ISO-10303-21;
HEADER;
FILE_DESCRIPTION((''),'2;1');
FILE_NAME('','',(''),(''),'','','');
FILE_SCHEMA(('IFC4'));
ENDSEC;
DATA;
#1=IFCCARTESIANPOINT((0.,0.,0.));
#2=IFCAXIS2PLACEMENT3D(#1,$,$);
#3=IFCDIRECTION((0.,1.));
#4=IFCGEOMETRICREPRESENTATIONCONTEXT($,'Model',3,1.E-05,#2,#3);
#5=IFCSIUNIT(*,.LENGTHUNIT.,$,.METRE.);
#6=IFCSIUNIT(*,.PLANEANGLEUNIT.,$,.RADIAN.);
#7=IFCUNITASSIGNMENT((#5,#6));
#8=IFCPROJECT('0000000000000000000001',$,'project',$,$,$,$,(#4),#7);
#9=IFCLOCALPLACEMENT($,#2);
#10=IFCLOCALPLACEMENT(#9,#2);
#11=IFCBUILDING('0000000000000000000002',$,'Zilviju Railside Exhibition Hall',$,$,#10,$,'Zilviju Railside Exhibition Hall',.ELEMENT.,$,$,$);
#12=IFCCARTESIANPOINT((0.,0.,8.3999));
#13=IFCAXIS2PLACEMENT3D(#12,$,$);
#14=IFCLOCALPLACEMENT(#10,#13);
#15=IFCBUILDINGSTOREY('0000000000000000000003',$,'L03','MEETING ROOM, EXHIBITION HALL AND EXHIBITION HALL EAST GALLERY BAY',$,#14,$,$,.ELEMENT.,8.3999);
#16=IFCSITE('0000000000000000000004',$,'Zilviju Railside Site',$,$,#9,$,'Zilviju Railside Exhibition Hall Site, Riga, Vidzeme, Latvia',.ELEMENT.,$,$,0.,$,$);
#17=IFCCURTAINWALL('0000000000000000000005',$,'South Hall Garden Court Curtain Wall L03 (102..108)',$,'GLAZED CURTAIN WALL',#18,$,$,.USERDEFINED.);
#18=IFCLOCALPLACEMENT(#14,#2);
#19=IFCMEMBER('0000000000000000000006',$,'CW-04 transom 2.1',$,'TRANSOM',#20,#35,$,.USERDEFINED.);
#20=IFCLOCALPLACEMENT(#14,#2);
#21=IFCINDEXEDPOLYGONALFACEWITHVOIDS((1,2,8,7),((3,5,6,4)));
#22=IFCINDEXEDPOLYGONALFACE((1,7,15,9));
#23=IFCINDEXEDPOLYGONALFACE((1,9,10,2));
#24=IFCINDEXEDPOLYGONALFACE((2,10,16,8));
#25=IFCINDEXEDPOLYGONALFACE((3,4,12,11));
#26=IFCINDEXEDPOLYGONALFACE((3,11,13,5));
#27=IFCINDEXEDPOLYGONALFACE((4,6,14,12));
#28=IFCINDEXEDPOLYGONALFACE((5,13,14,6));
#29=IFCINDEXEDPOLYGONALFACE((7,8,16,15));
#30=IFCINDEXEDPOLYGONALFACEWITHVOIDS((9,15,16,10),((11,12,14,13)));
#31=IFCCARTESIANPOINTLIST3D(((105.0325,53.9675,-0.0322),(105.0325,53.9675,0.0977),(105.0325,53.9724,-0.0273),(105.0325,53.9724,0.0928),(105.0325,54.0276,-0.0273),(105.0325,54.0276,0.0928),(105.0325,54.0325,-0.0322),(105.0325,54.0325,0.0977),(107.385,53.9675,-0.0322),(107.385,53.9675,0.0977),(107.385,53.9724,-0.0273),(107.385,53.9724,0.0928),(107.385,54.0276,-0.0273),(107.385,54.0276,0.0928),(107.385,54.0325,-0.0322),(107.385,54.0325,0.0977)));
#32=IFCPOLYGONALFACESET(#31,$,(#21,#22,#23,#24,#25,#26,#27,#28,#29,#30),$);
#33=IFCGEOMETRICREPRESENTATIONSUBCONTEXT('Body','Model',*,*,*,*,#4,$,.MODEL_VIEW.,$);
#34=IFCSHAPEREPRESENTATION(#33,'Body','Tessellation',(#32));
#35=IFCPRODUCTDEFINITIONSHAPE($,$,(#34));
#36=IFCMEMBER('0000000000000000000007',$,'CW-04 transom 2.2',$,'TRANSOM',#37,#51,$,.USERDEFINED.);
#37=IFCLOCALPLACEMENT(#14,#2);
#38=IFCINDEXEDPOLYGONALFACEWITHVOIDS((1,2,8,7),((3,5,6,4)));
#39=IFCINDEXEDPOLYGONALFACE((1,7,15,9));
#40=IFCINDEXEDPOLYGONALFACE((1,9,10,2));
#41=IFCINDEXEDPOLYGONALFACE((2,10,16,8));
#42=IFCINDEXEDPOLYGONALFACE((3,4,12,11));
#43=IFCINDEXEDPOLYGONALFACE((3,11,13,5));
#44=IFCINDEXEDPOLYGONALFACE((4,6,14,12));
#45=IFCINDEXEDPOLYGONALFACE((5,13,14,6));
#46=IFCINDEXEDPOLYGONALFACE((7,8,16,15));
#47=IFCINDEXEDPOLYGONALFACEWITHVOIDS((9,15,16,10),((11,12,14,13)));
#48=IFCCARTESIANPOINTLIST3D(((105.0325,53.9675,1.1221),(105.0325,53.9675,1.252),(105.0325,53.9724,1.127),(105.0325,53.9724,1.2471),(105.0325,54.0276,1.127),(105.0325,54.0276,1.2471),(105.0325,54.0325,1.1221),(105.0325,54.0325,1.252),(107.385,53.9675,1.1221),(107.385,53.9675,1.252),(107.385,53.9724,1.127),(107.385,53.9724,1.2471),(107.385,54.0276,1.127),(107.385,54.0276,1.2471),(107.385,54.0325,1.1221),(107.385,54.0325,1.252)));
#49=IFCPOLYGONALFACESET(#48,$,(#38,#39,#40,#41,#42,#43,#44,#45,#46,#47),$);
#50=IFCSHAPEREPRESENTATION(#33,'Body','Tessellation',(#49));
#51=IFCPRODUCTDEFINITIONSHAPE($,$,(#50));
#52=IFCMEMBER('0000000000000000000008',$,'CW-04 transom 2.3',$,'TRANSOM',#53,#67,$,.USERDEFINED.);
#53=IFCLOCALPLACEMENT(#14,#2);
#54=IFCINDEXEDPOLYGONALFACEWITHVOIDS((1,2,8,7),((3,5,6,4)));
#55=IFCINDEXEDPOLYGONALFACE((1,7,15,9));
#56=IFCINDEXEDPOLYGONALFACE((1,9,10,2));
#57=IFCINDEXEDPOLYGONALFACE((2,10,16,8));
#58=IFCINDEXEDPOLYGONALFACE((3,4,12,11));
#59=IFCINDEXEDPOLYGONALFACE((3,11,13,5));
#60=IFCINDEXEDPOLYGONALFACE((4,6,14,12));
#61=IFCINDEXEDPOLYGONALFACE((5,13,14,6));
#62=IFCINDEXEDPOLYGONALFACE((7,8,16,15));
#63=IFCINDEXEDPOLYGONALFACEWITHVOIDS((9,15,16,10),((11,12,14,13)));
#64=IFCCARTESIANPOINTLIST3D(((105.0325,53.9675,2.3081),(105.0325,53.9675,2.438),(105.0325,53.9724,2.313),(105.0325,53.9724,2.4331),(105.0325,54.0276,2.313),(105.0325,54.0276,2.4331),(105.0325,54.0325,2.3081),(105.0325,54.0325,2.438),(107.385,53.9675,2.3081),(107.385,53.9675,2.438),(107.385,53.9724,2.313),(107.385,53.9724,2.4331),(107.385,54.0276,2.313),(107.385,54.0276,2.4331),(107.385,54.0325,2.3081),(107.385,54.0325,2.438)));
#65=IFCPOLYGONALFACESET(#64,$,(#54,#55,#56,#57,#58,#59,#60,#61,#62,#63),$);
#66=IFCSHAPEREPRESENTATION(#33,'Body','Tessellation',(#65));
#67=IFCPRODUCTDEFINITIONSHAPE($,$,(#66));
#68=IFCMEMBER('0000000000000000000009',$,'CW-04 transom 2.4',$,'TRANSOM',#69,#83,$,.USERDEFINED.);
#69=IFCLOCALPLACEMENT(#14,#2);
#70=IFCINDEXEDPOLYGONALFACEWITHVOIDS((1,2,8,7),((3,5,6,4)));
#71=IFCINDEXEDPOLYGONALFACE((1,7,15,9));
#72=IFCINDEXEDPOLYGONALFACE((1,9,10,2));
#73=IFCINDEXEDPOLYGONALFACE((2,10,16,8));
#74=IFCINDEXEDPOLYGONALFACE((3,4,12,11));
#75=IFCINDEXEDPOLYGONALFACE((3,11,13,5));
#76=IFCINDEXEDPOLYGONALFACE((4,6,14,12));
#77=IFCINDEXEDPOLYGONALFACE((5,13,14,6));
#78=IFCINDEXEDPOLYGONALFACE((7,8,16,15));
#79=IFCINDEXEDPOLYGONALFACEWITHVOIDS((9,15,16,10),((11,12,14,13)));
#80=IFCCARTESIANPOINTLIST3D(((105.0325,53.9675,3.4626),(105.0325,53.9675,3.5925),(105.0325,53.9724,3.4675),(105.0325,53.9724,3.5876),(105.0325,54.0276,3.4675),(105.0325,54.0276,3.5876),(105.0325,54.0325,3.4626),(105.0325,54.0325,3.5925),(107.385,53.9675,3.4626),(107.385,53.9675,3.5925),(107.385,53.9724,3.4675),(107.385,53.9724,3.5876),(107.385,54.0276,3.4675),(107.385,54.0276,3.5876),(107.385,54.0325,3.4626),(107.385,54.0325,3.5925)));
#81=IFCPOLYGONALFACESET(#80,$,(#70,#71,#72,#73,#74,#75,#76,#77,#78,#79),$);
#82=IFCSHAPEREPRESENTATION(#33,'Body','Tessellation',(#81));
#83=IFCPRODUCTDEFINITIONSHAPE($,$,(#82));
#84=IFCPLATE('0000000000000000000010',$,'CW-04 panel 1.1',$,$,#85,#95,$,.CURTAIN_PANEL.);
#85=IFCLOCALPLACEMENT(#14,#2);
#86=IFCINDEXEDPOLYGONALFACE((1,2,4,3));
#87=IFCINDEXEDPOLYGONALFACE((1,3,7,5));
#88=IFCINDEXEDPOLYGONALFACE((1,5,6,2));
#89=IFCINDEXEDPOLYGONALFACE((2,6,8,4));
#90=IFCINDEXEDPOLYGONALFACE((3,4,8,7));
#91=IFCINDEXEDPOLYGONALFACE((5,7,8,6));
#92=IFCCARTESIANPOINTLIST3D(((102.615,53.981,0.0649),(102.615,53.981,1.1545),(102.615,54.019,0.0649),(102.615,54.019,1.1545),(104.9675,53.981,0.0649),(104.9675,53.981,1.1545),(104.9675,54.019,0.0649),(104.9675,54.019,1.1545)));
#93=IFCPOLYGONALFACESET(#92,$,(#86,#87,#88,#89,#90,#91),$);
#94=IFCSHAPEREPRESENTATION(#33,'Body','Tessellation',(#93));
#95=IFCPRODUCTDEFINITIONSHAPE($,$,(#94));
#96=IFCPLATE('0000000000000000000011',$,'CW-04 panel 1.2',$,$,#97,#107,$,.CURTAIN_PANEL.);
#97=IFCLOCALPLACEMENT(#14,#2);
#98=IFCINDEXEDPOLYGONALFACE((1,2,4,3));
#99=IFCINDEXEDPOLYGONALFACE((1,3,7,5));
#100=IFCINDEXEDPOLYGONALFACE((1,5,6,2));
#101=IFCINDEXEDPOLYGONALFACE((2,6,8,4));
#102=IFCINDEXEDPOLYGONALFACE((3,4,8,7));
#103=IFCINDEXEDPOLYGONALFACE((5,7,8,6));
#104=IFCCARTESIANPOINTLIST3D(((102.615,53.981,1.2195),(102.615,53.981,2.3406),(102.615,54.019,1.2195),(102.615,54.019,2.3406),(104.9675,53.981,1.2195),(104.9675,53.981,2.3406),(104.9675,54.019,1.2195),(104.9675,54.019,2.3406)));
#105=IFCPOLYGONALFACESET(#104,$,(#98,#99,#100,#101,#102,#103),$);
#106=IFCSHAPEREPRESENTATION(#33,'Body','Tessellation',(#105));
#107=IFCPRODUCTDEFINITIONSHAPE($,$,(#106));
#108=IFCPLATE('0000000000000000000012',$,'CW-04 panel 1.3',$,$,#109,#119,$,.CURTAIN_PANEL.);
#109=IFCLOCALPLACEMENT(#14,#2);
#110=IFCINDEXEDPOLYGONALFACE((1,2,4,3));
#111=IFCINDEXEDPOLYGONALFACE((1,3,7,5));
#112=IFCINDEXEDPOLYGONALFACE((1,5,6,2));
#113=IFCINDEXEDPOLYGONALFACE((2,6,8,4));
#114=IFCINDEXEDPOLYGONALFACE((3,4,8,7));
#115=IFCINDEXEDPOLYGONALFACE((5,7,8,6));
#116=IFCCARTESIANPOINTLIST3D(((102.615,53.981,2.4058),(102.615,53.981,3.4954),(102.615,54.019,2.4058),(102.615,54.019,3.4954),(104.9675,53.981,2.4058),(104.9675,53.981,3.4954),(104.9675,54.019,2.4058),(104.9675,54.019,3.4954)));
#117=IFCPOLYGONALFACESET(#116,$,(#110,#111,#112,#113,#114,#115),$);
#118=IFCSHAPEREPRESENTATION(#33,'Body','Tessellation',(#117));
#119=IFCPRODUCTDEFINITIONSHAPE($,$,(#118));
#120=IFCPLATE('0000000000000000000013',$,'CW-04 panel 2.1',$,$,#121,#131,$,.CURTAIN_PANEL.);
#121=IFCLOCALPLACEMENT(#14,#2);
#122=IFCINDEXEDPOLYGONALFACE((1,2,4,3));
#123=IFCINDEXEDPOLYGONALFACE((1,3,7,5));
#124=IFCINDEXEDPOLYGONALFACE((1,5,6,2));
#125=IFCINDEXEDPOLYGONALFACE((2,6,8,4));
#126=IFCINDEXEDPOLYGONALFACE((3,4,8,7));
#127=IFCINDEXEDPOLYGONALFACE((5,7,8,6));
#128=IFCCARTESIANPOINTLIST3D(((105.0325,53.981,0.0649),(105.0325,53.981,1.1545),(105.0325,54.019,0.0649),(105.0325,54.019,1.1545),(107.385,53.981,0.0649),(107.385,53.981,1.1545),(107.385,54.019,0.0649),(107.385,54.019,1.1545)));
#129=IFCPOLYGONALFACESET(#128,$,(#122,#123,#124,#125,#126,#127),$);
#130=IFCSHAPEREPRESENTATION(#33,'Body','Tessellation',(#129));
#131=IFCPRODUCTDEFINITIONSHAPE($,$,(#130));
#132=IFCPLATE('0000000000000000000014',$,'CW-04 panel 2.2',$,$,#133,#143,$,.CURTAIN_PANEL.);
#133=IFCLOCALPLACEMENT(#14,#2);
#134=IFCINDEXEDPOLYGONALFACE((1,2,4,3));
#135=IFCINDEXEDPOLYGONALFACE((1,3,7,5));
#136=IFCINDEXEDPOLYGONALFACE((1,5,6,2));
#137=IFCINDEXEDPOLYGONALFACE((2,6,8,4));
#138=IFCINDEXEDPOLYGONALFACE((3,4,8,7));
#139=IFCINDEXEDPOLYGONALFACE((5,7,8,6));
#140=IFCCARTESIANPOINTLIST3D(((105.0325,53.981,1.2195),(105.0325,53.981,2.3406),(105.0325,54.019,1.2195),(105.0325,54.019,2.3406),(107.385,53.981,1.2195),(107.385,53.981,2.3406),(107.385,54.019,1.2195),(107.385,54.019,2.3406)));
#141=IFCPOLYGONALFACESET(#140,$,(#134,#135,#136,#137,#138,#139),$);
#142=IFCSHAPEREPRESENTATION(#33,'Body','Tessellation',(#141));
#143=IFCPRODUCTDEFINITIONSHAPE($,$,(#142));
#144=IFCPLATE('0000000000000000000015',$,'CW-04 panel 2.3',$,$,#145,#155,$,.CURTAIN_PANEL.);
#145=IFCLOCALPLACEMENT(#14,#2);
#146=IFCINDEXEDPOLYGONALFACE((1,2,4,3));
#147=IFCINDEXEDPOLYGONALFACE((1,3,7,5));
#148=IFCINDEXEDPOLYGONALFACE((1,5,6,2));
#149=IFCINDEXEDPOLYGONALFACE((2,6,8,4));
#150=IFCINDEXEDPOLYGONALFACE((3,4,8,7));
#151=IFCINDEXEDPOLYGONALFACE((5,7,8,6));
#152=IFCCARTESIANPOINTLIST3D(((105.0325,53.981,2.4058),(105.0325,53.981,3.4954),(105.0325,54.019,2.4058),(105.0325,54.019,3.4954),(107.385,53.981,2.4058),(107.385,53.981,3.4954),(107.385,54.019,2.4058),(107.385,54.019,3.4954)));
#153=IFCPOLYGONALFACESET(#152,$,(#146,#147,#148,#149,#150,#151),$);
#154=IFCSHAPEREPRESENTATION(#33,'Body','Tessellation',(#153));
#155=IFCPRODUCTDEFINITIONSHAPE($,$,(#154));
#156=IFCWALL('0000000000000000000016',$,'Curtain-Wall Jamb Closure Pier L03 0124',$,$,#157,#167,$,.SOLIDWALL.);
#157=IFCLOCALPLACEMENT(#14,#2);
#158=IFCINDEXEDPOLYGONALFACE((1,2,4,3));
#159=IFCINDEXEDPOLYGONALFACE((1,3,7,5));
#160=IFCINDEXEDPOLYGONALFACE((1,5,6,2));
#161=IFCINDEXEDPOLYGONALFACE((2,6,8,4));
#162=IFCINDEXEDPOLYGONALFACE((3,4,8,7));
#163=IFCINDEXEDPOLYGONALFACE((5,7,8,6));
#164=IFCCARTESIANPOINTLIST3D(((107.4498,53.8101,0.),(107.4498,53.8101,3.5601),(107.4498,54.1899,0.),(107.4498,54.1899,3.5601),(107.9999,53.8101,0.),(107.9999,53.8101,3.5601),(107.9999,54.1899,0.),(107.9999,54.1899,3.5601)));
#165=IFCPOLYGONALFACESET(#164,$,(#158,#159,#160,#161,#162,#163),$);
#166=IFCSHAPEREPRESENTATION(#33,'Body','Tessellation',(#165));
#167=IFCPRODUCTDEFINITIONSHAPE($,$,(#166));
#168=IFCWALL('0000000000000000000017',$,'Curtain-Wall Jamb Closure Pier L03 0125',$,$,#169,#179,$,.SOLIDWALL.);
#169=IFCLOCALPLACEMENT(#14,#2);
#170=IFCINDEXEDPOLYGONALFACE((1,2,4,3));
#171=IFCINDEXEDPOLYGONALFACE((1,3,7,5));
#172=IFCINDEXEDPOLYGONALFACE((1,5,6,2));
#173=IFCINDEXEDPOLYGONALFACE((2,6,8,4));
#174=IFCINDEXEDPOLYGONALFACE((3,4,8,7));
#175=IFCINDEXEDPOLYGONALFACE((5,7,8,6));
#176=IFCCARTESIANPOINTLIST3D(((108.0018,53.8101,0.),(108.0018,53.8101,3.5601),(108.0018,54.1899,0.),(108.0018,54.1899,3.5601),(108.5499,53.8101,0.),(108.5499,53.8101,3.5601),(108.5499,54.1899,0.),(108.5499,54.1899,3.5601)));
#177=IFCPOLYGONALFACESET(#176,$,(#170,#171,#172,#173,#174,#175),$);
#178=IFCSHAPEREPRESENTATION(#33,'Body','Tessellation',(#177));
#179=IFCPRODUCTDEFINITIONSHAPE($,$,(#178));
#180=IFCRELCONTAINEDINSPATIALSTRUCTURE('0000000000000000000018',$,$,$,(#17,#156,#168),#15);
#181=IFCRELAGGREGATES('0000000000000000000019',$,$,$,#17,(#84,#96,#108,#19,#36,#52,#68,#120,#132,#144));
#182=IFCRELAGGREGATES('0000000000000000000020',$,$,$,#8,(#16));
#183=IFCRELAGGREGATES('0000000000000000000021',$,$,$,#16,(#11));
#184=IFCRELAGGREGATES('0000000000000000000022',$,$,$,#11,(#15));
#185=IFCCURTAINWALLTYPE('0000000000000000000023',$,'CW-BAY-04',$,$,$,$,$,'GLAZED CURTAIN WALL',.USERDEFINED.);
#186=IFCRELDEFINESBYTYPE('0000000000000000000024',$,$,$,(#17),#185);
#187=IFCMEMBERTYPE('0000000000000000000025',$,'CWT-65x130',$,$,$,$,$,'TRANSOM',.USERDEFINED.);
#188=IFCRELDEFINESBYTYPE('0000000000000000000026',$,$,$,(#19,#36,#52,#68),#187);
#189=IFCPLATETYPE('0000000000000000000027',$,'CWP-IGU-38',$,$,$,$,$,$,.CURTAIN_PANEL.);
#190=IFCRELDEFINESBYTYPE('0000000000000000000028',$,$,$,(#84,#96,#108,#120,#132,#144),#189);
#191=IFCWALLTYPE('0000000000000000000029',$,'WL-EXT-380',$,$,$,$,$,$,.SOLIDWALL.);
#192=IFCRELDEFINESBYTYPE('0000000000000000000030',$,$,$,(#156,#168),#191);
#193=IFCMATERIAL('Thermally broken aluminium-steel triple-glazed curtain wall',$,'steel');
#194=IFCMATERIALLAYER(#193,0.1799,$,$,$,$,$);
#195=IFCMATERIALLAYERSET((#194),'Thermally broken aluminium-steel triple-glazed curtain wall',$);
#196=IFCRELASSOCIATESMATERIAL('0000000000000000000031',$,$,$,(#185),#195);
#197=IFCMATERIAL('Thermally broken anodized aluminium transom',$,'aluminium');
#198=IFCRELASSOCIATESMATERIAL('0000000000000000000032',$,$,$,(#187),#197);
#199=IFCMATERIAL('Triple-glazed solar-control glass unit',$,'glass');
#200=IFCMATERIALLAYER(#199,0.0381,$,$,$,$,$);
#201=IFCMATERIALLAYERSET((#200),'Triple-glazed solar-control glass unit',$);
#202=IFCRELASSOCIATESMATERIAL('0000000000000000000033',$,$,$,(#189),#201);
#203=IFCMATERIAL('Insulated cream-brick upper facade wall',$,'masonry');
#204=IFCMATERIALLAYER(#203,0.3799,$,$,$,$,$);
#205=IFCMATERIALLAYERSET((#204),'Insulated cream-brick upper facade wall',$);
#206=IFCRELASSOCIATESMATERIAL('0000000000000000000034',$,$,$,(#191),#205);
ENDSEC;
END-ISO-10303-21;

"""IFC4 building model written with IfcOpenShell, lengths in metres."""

from ifc_helpers import new_model, si_unit, direction, frame, frame_2d, origin, origin_2d, place, context, subcontext, project, spatial, rectangle, hollow_rectangle, extrude, material, layer, layer_set, material_profile, profile_set, type_object, element, aggregate, save


model = new_model("IFC4")

# Units and contexts
model_context = context("Model", 3, precision=1e-05, world=origin(), true_north=direction((0.0, 1.0)))
body_context = subcontext(model_context, "Body", "Model", "MODEL_VIEW")
ifc_project = project(units=[si_unit("LENGTHUNIT", "METRE"), si_unit("PLANEANGLEUNIT", "RADIAN")], contexts=[model_context])

# Site, building, storey
site_placement = place(None, origin())
site = spatial("IfcSite", under=ifc_project, at=site_placement, Name="Zilviju Railside Site", LongName="Zilviju Railside Exhibition Hall Site, Riga, Vidzeme, Latvia", CompositionType="ELEMENT", RefElevation=0.0)
building_placement = place(site_placement, origin())
building = spatial("IfcBuilding", under=site, at=building_placement, Name="Zilviju Railside Exhibition Hall", LongName="Zilviju Railside Exhibition Hall", CompositionType="ELEMENT")
storey_placement = place(building_placement, frame((0.0, 0.0, 8.3999)))
storey = spatial("IfcBuildingStorey", under=building, at=storey_placement, Name="L03", Description="MEETING ROOM, EXHIBITION HALL AND EXHIBITION HALL EAST GALLERY BAY", CompositionType="ELEMENT", Elevation=8.3999)

# Shared definitions
ifc_material_1 = material(Name="Thermally broken aluminium-steel triple-glazed curtain wall", Category="steel")

# Curtain wall
ifc_layer_1 = layer(ifc_material_1, 0.1799)
ifc_layer_set_1 = layer_set([ifc_layer_1], Name="Thermally broken aluminium-steel triple-glazed curtain wall")
curtain_wall_type_1 = type_object("IfcCurtainWallType", Name="CW-BAY-04", ElementType="GLAZED CURTAIN WALL", PredefinedType="USERDEFINED", material=ifc_layer_set_1)
curtain_wall_1_placement = place(storey_placement, origin())
curtain_wall_1 = element("IfcCurtainWall", 1, at=curtain_wall_1_placement, inside=storey, type_object=curtain_wall_type_1, Name="South Hall Garden Court Curtain Wall L03 (102..108)", ObjectType="GLAZED CURTAIN WALL", PredefinedType="USERDEFINED")

# Members
ifc_material_2 = material(Name="Thermally broken anodized aluminium transom", Category="aluminium")
ifc_material_profile_1 = material_profile(ifc_material_2, hollow_rectangle(XDim=0.0649, YDim=0.1299, WallThickness=0.0049, at=origin_2d()), Name="TRANSOM 130x65x5")
ifc_profile_set_1 = profile_set([ifc_material_profile_1], Name="Thermally broken anodized aluminium transom")
member_type_1 = type_object("IfcMemberType", Name="CWT-65x130", ElementType="TRANSOM", PredefinedType="USERDEFINED", material=ifc_profile_set_1)
member_1_placement = place(storey_placement, frame((105.0325, 54.0, 0.0327), z_axis=(1.0, 0.0, 0.0), x_axis=(0.0, 1.0, 0.0)))
member_1 = element("IfcMember", 2, at=member_1_placement, type_object=member_type_1, Name="CW-04 transom 2.1", ObjectType="TRANSOM", PredefinedType="USERDEFINED", context=body_context, shape_type="SweptSolid", body=[
    extrude(hollow_rectangle(XDim=0.0649, YDim=0.1299, WallThickness=0.0049, at=origin_2d()), origin(), (0.0, 0.0, 1.0), 2.3525),
])
member_2_placement = place(storey_placement, frame((105.0325, 54.0, 1.187), z_axis=(1.0, 0.0, 0.0), x_axis=(0.0, 1.0, 0.0)))
member_2 = element("IfcMember", 3, at=member_2_placement, type_object=member_type_1, Name="CW-04 transom 2.2", ObjectType="TRANSOM", PredefinedType="USERDEFINED", context=body_context, shape_type="SweptSolid", body=[
    extrude(hollow_rectangle(XDim=0.0649, YDim=0.1299, WallThickness=0.0049, at=origin_2d()), origin(), (0.0, 0.0, 1.0), 2.3525),
])
member_3_placement = place(storey_placement, frame((105.0325, 54.0, 2.373), z_axis=(1.0, 0.0, 0.0), x_axis=(0.0, 1.0, 0.0)))
member_3 = element("IfcMember", 4, at=member_3_placement, type_object=member_type_1, Name="CW-04 transom 2.3", ObjectType="TRANSOM", PredefinedType="USERDEFINED", context=body_context, shape_type="SweptSolid", body=[
    extrude(hollow_rectangle(XDim=0.0649, YDim=0.1299, WallThickness=0.0049, at=origin_2d()), origin(), (0.0, 0.0, 1.0), 2.3525),
])
member_4_placement = place(storey_placement, frame((105.0325, 54.0, 3.5276), z_axis=(1.0, 0.0, 0.0), x_axis=(0.0, 1.0, 0.0)))
member_4 = element("IfcMember", 5, at=member_4_placement, type_object=member_type_1, Name="CW-04 transom 2.4", ObjectType="TRANSOM", PredefinedType="USERDEFINED", context=body_context, shape_type="SweptSolid", body=[
    extrude(hollow_rectangle(XDim=0.0649, YDim=0.1299, WallThickness=0.0049, at=origin_2d()), origin(), (0.0, 0.0, 1.0), 2.3525),
])

# Plates
ifc_material_3 = material(Name="Triple-glazed solar-control glass unit", Category="glass")
ifc_layer_2 = layer(ifc_material_3, 0.0381)
ifc_layer_set_2 = layer_set([ifc_layer_2], Name="Triple-glazed solar-control glass unit")
plate_type = type_object("IfcPlateType", Name="CWP-IGU-38", PredefinedType="CURTAIN_PANEL", material=ifc_layer_set_2)
plate_1_placement = place(storey_placement, frame((103.7913, 54.0, 0.0649), z_axis=(0.0, 0.0, 1.0), x_axis=(1.0, 0.0, 0.0)))
plate_1 = element("IfcPlate", 6, at=plate_1_placement, type_object=plate_type, Name="CW-04 panel 1.1", PredefinedType="CURTAIN_PANEL", context=body_context, shape_type="SweptSolid", body=[
    extrude(rectangle(XDim=2.3525, YDim=0.0381, at=origin_2d()), origin(), (0.0, 0.0, 1.0), 1.0896),
])
plate_2_placement = place(storey_placement, frame((103.7913, 54.0, 1.2195), z_axis=(0.0, 0.0, 1.0), x_axis=(1.0, 0.0, 0.0)))
plate_2 = element("IfcPlate", 7, at=plate_2_placement, type_object=plate_type, Name="CW-04 panel 1.2", PredefinedType="CURTAIN_PANEL", context=body_context, shape_type="SweptSolid", body=[
    extrude(rectangle(XDim=2.3525, YDim=0.0381, at=origin_2d()), origin(), (0.0, 0.0, 1.0), 1.1211),
])
plate_3_placement = place(storey_placement, frame((103.7913, 54.0, 2.4058), z_axis=(0.0, 0.0, 1.0), x_axis=(1.0, 0.0, 0.0)))
plate_3 = element("IfcPlate", 8, at=plate_3_placement, type_object=plate_type, Name="CW-04 panel 1.3", PredefinedType="CURTAIN_PANEL", context=body_context, shape_type="SweptSolid", body=[
    extrude(rectangle(XDim=2.3525, YDim=0.0381, at=origin_2d()), origin(), (0.0, 0.0, 1.0), 1.0896),
])
plate_4_placement = place(storey_placement, frame((106.2087, 54.0, 0.0649), z_axis=(0.0, 0.0, 1.0), x_axis=(1.0, 0.0, 0.0)))
plate_4 = element("IfcPlate", 9, at=plate_4_placement, type_object=plate_type, Name="CW-04 panel 2.1", PredefinedType="CURTAIN_PANEL", context=body_context, shape_type="SweptSolid", body=[
    extrude(rectangle(XDim=2.3525, YDim=0.0381, at=origin_2d()), origin(), (0.0, 0.0, 1.0), 1.0896),
])
plate_5_placement = place(storey_placement, frame((106.2087, 54.0, 1.2195), z_axis=(0.0, 0.0, 1.0), x_axis=(1.0, 0.0, 0.0)))
plate_5 = element("IfcPlate", 10, at=plate_5_placement, type_object=plate_type, Name="CW-04 panel 2.2", PredefinedType="CURTAIN_PANEL", context=body_context, shape_type="SweptSolid", body=[
    extrude(rectangle(XDim=2.3525, YDim=0.0381, at=origin_2d()), origin(), (0.0, 0.0, 1.0), 1.1211),
])
plate_6_placement = place(storey_placement, frame((106.2087, 54.0, 2.4058), z_axis=(0.0, 0.0, 1.0), x_axis=(1.0, 0.0, 0.0)))
plate_6 = element("IfcPlate", 11, at=plate_6_placement, type_object=plate_type, Name="CW-04 panel 2.3", PredefinedType="CURTAIN_PANEL", context=body_context, shape_type="SweptSolid", body=[
    extrude(rectangle(XDim=2.3525, YDim=0.0381, at=origin_2d()), origin(), (0.0, 0.0, 1.0), 1.0896),
])
aggregate(curtain_wall_1, [plate_1, plate_2, plate_3, member_1, member_2, member_3, member_4, plate_4, plate_5, plate_6])

# Walls
ifc_material_4 = material(Name="Insulated cream-brick upper facade wall", Category="masonry")
ifc_layer_3 = layer(ifc_material_4, 0.3799)
ifc_layer_set_3 = layer_set([ifc_layer_3], Name="Insulated cream-brick upper facade wall")
wall_type = type_object("IfcWallType", Name="WL-EXT-380", PredefinedType="SOLIDWALL", material=ifc_layer_set_3)
wall_1_placement = place(storey_placement, frame((107.45, 54.0, 0.0), z_axis=(0.0, 0.0, 1.0), x_axis=(1.0, 0.0, 0.0)))
element("IfcWall", 12, at=wall_1_placement, inside=storey, type_object=wall_type, Name="Curtain-Wall Jamb Closure Pier L03 0124", PredefinedType="SOLIDWALL", context=body_context, shape_type="SweptSolid", body=[
    extrude(rectangle(XDim=0.55, YDim=0.3799, at=frame_2d((0.2749, 0.0))), origin(), (0.0, 0.0, 1.0), 3.5601),
])
wall_2_placement = place(storey_placement, frame((108.002, 54.0, 0.0), z_axis=(0.0, 0.0, 1.0), x_axis=(1.0, 0.0, 0.0)))
element("IfcWall", 13, at=wall_2_placement, inside=storey, type_object=wall_type, Name="Curtain-Wall Jamb Closure Pier L03 0125", PredefinedType="SOLIDWALL", context=body_context, shape_type="SweptSolid", body=[
    extrude(rectangle(XDim=0.5481, YDim=0.3799, at=frame_2d((0.2739, 0.0))), origin(), (0.0, 0.0, 1.0), 3.5601),
])

save(model, "model.ifc")
